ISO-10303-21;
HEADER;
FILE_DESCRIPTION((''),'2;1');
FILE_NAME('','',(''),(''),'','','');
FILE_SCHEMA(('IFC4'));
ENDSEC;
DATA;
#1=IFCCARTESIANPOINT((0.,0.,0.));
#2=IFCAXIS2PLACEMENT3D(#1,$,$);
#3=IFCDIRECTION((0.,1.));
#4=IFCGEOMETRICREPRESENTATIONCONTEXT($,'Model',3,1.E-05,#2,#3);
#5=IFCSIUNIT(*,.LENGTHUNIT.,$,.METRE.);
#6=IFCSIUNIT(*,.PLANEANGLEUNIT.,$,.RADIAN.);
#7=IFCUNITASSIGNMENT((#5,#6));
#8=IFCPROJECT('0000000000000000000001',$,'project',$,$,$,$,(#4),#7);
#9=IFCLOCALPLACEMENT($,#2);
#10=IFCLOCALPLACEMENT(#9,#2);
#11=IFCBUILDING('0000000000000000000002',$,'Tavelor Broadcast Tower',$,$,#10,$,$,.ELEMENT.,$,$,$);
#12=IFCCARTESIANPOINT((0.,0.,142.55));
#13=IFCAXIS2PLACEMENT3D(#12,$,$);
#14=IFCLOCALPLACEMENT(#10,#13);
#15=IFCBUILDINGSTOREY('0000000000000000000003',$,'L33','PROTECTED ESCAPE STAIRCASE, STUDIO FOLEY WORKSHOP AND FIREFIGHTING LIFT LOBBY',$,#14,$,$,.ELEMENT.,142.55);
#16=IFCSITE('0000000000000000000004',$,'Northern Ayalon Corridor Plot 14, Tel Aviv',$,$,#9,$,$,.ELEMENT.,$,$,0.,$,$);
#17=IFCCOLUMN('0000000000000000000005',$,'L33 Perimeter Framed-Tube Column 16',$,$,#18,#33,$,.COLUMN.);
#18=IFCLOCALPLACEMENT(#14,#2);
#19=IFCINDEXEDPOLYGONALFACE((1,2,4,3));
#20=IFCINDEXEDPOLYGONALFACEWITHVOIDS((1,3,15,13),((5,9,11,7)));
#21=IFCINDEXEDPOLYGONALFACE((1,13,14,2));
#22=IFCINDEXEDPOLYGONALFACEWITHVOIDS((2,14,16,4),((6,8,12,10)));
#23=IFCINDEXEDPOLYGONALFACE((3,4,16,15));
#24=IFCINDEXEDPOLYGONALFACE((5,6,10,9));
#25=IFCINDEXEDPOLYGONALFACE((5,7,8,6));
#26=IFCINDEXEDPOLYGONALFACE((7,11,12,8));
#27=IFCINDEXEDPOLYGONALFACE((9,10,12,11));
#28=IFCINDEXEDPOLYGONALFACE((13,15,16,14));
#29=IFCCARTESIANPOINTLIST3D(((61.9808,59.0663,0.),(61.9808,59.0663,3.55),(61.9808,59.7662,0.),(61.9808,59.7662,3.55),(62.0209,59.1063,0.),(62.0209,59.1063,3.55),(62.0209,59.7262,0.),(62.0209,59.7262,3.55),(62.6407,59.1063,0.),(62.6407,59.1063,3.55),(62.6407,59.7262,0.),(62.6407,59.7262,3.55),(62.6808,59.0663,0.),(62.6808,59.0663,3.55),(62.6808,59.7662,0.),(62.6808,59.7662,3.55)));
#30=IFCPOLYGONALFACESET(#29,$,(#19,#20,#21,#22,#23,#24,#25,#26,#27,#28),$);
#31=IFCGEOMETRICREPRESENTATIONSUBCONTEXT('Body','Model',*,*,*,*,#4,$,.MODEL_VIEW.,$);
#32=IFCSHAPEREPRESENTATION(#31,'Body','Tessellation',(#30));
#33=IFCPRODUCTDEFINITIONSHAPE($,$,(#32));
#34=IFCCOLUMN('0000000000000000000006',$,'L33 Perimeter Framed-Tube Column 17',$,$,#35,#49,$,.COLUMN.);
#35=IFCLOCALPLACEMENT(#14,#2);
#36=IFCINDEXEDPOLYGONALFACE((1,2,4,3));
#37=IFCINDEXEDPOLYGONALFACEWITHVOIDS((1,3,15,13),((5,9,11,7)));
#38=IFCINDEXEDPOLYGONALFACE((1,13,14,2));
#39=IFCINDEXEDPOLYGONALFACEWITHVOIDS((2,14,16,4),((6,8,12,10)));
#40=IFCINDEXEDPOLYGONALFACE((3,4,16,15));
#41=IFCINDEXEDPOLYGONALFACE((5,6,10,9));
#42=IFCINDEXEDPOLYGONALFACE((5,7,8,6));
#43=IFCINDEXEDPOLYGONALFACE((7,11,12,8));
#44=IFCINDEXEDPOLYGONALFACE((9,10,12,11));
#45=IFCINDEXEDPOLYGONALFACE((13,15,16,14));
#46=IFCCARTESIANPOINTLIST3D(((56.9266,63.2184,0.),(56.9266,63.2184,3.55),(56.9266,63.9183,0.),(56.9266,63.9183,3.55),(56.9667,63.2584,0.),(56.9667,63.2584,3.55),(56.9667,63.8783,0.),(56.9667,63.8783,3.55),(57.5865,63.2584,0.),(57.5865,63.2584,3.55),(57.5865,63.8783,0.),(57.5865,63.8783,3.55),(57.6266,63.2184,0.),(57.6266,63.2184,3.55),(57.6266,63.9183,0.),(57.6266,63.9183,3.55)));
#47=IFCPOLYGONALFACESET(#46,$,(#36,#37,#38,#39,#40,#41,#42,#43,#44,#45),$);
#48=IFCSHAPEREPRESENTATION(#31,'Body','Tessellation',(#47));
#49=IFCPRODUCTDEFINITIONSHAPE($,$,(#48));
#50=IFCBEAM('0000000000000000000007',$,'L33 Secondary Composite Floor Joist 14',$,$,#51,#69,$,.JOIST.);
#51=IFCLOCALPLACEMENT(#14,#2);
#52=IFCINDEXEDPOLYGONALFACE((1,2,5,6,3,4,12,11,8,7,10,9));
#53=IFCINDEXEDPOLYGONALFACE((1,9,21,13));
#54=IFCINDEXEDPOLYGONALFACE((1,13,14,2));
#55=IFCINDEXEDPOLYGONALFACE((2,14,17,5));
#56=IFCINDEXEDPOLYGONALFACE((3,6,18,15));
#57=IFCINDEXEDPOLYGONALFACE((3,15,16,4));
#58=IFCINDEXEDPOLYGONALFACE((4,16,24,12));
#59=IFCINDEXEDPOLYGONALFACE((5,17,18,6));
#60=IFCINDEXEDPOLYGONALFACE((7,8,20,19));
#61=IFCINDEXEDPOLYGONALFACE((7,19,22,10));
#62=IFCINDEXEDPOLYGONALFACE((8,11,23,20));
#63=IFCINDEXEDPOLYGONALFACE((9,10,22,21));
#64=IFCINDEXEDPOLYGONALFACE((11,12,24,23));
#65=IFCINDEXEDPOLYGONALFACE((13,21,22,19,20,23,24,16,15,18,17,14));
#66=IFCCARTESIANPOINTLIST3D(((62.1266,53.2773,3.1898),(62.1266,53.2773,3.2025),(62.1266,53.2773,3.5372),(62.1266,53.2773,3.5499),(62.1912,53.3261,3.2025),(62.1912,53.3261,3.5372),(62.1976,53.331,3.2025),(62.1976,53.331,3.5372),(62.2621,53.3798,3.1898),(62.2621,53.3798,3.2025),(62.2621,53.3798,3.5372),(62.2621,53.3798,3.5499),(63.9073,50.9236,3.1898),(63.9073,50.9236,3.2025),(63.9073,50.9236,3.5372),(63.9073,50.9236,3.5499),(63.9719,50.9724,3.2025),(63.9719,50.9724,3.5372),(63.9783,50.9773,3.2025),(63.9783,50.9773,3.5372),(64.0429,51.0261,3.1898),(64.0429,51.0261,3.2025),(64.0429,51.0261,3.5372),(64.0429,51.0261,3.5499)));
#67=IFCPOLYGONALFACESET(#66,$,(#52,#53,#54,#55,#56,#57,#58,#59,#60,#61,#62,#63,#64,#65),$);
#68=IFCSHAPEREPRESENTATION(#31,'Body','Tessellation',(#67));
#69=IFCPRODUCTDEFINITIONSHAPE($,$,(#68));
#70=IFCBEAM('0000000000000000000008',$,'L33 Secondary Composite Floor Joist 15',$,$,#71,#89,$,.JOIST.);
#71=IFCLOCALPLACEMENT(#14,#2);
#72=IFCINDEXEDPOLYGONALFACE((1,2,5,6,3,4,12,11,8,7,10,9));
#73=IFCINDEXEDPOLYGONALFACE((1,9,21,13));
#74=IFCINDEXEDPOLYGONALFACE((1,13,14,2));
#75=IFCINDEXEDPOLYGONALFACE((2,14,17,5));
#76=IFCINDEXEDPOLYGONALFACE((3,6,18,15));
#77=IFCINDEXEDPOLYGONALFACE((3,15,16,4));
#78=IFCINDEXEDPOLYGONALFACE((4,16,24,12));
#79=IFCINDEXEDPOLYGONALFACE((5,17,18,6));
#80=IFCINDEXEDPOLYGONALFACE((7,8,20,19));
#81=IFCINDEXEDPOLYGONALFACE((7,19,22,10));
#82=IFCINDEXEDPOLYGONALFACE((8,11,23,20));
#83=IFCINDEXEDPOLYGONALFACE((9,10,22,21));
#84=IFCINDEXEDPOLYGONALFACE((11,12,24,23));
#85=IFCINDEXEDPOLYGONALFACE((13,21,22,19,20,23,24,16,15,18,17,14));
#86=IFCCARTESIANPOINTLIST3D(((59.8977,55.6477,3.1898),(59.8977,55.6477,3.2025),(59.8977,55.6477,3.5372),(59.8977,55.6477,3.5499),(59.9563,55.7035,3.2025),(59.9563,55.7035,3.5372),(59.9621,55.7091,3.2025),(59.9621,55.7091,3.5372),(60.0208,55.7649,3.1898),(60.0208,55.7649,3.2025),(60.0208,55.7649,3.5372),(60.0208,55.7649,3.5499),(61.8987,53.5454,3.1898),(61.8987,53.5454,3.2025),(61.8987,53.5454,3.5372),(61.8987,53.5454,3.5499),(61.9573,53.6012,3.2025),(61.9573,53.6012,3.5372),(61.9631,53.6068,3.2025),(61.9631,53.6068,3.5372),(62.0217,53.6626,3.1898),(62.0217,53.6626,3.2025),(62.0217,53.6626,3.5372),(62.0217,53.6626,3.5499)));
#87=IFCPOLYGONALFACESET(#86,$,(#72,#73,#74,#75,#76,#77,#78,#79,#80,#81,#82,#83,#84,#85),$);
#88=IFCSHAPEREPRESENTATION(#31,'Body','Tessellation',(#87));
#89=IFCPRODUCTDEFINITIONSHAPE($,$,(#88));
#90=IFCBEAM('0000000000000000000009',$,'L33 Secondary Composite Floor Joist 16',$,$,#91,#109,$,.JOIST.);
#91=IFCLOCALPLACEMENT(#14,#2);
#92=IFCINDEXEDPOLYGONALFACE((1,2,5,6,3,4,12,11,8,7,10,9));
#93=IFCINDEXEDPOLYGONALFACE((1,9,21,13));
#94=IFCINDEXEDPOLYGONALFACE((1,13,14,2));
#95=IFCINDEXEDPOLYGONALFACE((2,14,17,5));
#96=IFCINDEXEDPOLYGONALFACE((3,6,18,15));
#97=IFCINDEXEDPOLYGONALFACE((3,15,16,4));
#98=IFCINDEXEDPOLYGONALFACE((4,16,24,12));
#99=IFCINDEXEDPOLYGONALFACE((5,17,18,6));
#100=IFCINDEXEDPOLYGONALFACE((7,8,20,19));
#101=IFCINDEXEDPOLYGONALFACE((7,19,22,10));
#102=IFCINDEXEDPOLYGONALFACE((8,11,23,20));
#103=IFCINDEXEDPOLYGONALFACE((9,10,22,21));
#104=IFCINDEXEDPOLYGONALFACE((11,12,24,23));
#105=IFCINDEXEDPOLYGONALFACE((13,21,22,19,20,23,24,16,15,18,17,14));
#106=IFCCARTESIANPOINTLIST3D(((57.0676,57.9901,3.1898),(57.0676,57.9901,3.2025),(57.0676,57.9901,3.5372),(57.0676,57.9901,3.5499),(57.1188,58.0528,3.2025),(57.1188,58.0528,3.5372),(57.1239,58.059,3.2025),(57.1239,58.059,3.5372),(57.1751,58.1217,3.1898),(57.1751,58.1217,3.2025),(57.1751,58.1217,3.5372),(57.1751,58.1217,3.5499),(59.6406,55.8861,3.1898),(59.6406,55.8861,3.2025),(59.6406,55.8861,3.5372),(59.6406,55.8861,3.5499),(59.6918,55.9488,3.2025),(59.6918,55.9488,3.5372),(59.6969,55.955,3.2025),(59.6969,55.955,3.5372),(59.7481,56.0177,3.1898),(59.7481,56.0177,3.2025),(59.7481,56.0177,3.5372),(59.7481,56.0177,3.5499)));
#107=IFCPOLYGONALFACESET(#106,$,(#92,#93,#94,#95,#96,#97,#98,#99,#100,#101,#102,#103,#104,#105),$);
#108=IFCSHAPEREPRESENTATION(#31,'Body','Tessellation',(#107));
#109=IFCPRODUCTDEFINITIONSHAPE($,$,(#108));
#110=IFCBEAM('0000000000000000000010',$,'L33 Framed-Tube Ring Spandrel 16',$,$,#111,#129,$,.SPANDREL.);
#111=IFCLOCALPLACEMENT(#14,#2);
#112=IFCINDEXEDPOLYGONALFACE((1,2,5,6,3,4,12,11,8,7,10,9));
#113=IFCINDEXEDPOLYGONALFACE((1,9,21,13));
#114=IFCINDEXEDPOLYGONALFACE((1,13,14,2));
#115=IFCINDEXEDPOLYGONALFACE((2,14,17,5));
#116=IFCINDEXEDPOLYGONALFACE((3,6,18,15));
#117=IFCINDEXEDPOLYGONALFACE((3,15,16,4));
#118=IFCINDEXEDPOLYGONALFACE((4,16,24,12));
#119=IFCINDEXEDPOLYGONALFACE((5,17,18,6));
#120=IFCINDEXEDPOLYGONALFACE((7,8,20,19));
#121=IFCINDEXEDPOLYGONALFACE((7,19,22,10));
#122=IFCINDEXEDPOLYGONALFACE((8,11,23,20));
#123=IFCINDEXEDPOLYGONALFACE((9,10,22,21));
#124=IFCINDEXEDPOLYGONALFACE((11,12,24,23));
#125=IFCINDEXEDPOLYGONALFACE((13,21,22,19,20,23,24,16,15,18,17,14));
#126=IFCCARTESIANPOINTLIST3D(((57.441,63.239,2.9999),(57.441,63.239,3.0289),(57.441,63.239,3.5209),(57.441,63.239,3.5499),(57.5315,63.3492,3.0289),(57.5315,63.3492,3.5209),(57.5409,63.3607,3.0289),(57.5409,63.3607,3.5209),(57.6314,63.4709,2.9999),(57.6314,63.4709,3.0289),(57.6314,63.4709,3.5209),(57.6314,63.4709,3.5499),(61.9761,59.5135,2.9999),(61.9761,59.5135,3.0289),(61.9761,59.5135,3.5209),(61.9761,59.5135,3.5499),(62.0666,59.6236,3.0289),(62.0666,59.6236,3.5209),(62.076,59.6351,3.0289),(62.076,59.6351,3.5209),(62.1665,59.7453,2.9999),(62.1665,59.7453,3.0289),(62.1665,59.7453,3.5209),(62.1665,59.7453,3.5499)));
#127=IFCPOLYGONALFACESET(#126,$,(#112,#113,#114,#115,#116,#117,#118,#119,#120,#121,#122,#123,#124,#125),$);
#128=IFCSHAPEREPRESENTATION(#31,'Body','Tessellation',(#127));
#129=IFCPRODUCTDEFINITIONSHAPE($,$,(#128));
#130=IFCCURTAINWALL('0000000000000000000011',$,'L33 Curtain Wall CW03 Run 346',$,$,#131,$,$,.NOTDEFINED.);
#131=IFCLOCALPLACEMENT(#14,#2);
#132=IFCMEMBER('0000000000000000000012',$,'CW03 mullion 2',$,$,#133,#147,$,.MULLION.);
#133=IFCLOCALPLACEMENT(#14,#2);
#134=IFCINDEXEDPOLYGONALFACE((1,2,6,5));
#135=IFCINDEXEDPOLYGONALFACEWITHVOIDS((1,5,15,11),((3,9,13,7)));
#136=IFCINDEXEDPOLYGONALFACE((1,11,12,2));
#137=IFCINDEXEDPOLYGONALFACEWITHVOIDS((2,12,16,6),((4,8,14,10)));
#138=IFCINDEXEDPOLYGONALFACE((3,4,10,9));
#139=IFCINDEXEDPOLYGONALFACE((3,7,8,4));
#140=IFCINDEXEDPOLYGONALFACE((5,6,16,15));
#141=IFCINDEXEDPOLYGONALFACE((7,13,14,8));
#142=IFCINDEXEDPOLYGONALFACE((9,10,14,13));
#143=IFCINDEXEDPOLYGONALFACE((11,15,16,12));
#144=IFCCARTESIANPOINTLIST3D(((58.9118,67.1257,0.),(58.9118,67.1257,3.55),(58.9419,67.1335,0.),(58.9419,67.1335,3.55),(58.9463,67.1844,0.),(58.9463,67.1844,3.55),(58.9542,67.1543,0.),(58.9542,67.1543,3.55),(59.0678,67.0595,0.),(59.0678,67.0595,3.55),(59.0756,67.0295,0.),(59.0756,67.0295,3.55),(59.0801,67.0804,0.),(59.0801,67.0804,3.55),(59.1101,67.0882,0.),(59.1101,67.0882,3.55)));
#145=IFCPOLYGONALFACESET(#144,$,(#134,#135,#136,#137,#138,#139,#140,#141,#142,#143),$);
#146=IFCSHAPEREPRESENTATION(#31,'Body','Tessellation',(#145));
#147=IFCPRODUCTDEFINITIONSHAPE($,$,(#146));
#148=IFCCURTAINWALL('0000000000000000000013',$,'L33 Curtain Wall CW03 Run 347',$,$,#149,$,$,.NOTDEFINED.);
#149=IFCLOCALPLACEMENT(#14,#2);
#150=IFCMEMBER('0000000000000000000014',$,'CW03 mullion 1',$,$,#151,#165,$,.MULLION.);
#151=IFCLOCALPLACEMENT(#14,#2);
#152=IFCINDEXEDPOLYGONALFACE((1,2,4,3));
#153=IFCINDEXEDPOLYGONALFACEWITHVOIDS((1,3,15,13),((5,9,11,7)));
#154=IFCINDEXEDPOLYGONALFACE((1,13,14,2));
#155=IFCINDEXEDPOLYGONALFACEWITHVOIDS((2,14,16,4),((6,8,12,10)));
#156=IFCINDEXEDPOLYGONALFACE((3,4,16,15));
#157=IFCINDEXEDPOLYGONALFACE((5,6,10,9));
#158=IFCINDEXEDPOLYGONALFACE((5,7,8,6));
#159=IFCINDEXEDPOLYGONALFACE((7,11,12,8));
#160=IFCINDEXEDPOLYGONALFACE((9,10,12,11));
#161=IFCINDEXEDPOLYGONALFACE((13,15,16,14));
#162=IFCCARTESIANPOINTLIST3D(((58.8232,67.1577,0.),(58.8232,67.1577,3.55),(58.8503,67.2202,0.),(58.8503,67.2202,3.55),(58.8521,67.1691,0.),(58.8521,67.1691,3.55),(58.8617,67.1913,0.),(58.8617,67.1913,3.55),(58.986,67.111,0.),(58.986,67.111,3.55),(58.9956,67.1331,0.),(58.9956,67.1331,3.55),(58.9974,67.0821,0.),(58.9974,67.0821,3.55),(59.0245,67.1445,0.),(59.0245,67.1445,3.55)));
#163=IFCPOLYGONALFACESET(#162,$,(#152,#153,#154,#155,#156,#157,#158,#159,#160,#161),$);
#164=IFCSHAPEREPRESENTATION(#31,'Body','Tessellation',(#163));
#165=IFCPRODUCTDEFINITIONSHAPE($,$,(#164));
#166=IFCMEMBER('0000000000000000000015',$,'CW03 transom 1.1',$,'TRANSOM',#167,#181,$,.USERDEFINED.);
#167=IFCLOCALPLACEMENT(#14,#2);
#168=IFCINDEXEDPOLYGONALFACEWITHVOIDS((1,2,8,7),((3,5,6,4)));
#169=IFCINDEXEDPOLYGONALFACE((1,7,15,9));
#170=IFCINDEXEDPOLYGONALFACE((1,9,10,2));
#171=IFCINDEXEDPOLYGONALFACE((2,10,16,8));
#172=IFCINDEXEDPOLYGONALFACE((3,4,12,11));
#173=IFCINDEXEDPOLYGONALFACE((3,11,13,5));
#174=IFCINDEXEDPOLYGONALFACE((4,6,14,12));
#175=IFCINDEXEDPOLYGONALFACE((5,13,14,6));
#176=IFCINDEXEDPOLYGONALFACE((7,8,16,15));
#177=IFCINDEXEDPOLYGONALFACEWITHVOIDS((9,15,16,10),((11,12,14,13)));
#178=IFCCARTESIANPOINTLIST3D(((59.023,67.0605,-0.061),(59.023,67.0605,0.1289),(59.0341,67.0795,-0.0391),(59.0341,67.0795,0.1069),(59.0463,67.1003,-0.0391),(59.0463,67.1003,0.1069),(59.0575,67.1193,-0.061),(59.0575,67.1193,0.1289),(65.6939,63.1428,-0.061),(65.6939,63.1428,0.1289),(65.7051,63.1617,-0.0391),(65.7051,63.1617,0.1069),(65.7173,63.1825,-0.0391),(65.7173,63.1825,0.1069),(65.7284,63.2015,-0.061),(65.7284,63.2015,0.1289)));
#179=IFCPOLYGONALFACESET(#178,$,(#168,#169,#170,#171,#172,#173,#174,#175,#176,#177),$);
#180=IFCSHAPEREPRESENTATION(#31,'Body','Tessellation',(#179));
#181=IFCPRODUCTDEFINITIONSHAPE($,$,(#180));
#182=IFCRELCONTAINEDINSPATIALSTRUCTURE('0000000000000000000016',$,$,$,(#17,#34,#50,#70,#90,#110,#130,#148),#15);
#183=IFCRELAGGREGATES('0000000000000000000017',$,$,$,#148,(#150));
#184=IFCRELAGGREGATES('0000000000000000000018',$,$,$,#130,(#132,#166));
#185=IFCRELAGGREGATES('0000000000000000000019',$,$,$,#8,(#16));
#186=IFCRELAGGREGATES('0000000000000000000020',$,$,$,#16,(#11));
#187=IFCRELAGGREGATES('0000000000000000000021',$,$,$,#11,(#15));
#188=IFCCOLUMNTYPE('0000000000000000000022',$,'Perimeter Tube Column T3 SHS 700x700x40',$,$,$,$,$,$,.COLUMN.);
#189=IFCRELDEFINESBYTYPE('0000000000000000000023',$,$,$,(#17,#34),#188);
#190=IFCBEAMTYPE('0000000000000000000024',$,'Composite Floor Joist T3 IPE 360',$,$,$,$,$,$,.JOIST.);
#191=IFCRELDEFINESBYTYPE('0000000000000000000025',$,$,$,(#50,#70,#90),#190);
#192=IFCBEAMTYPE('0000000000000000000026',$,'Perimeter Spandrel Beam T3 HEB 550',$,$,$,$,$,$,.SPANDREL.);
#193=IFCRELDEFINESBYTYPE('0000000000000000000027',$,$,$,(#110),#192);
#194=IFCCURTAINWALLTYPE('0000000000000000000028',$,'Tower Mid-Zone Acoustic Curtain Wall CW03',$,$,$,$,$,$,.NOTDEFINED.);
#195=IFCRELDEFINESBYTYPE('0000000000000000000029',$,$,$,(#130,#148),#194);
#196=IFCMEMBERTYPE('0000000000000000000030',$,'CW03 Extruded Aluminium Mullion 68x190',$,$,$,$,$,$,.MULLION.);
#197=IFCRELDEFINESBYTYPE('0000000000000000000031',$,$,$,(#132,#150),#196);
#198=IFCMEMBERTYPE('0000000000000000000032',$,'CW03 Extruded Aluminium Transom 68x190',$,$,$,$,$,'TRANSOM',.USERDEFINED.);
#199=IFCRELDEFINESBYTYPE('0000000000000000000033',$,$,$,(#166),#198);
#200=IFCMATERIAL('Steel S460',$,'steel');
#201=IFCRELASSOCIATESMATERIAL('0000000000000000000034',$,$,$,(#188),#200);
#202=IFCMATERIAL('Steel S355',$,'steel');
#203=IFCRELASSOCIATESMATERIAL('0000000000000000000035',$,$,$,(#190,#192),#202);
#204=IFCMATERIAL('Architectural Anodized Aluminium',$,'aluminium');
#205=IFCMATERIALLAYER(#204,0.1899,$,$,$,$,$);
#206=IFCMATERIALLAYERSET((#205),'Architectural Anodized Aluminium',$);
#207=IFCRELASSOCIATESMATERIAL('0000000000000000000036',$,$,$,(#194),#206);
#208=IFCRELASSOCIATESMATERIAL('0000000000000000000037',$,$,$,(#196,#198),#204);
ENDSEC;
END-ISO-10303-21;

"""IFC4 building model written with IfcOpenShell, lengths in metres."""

from ifc_helpers import new_model, si_unit, direction, frame, origin, origin_2d, place, context, subcontext, project, spatial, hollow_rectangle, i_section, extrude, source, transform, mapped, material, layer, layer_set, material_profile, profile_set, type_object, type_shapes, element, aggregate, save


model = new_model("IFC4")

# Units and contexts
model_context = context("Model", 3, precision=1e-05, world=origin(), true_north=direction((0.0, 1.0)))
body_context = subcontext(model_context, "Body", "Model", "MODEL_VIEW")
ifc_project = project(units=[si_unit("LENGTHUNIT", "METRE"), si_unit("PLANEANGLEUNIT", "RADIAN")], contexts=[model_context])

# Site, building, storey
site_placement = place(None, origin())
site = spatial("IfcSite", under=ifc_project, at=site_placement, Name="Northern Ayalon Corridor Plot 14, Tel Aviv", CompositionType="ELEMENT", RefElevation=0.0)
building_placement = place(site_placement, origin())
building = spatial("IfcBuilding", under=site, at=building_placement, Name="Tavelor Broadcast Tower", CompositionType="ELEMENT")
storey_placement = place(building_placement, frame((0.0, 0.0, 142.55)))
storey = spatial("IfcBuildingStorey", under=building, at=storey_placement, Name="L33", Description="PROTECTED ESCAPE STAIRCASE, STUDIO FOLEY WORKSHOP AND FIREFIGHTING LIFT LOBBY", CompositionType="ELEMENT", Elevation=142.55)

# Columns
ifc_material_1 = material(Name="Steel S460", Category="steel")
ifc_material_profile_1 = material_profile(ifc_material_1, hollow_rectangle(XDim=0.7, YDim=0.7, WallThickness=0.04, at=origin_2d()), Name="SHS 700x700x40")
ifc_profile_set_1 = profile_set([ifc_material_profile_1], Name="Steel S460")
column_type = type_object("IfcColumnType", Name="Perimeter Tube Column T3 SHS 700x700x40", PredefinedType="COLUMN", material=ifc_profile_set_1)
for number, where, z_axis, x_axis, name in (
    (1, (62.3308, 59.4163, 0.0), (0.0, 0.0, 1.0), (1.0, 0.0, 0.0), "L33 Perimeter Framed-Tube Column 16"),
    (2, (57.2766, 63.5684, 0.0), (0.0, 0.0, 1.0), (1.0, 0.0, 0.0), "L33 Perimeter Framed-Tube Column 17"),
):
    element("IfcColumn", number, at=place(storey_placement, frame(where, z_axis=z_axis, x_axis=x_axis)), inside=storey, type_object=column_type, Name=name, PredefinedType="COLUMN", context=body_context, shape_type="SweptSolid", body=[
        extrude(hollow_rectangle(XDim=0.7, YDim=0.7, WallThickness=0.04, at=origin_2d()), origin(), (0.0, 0.0, 1.0), 3.55),
    ])

# Beams
ifc_material_2 = material(Name="Steel S355", Category="steel")
ifc_material_profile_2 = material_profile(ifc_material_2, i_section(OverallWidth=0.1699, OverallDepth=0.3601, WebThickness=0.0081, FlangeThickness=0.0127, at=origin_2d()), Name="IPE 360")
ifc_profile_set_2 = profile_set([ifc_material_profile_2], Name="Steel S355")
beam_type_1 = type_object("IfcBeamType", Name="Composite Floor Joist T3 IPE 360", PredefinedType="JOIST", material=ifc_profile_set_2)
beam_1_placement = place(storey_placement, frame((63.9751, 50.9749, 3.3699), z_axis=(-0.603343, 0.797482, 0.0), x_axis=(-0.797482, -0.603343, 0.0)))
element("IfcBeam", 3, at=beam_1_placement, inside=storey, type_object=beam_type_1, Name="L33 Secondary Composite Floor Joist 14", PredefinedType="JOIST", context=body_context, shape_type="SweptSolid", body=[
    extrude(i_section(OverallWidth=0.1699, OverallDepth=0.3601, WebThickness=0.0081, FlangeThickness=0.0127, at=origin_2d()), origin(), (0.0, 0.0, 1.0), 2.9514),
])
beam_2_placement = place(storey_placement, frame((61.9602, 53.604, 3.3699), z_axis=(-0.689437, 0.724346, 0.0), x_axis=(-0.724346, -0.689437, 0.0)))
element("IfcBeam", 4, at=beam_2_placement, inside=storey, type_object=beam_type_1, Name="L33 Secondary Composite Floor Joist 15", PredefinedType="JOIST", context=body_context, shape_type="SweptSolid", body=[
    extrude(i_section(OverallWidth=0.1699, OverallDepth=0.3601, WebThickness=0.0081, FlangeThickness=0.0127, at=origin_2d()), origin(), (0.0, 0.0, 1.0), 2.9023),
])
beam_3_placement = place(storey_placement, frame((59.6943, 55.9519, 3.3699), z_axis=(-0.774131, 0.633026, 0.0), x_axis=(-0.633026, -0.774131, 0.0)))
element("IfcBeam", 5, at=beam_3_placement, inside=storey, type_object=beam_type_1, Name="L33 Secondary Composite Floor Joist 16", PredefinedType="JOIST", context=body_context, shape_type="SweptSolid", body=[
    extrude(i_section(OverallWidth=0.1699, OverallDepth=0.3601, WebThickness=0.0081, FlangeThickness=0.0127, at=origin_2d()), origin(), (0.0, 0.0, 1.0), 3.3237),
])
ifc_material_profile_3 = material_profile(ifc_material_2, i_section(OverallWidth=0.3, OverallDepth=0.55, WebThickness=0.0149, FlangeThickness=0.0291, at=origin_2d()), Name="HEB 550")
ifc_profile_set_3 = profile_set([ifc_material_profile_3], Name="Steel S355")
beam_type_2 = type_object("IfcBeamType", Name="Perimeter Spandrel Beam T3 HEB 550", PredefinedType="SPANDREL", material=ifc_profile_set_3)
beam_4_placement = place(storey_placement, frame((62.0713, 59.6294, 3.2749), z_axis=(-0.772703, 0.634768, 0.0), x_axis=(-0.634768, -0.772703, 0.0)))
element("IfcBeam", 6, at=beam_4_placement, inside=storey, type_object=beam_type_2, Name="L33 Framed-Tube Ring Spandrel 16", PredefinedType="SPANDREL", context=body_context, shape_type="SweptSolid", body=[
    extrude(i_section(OverallWidth=0.3, OverallDepth=0.55, WebThickness=0.0149, FlangeThickness=0.0291, at=origin_2d()), origin(), (0.0, 0.0, 1.0), 5.8691),
])

# Curtain walls, members
ifc_material_3 = material(Name="Architectural Anodized Aluminium", Category="aluminium")
ifc_layer_1 = layer(ifc_material_3, 0.1899)
ifc_layer_set_1 = layer_set([ifc_layer_1], Name="Architectural Anodized Aluminium")
curtain_wall_type = type_object("IfcCurtainWallType", Name="Tower Mid-Zone Acoustic Curtain Wall CW03", PredefinedType="NOTDEFINED", material=ifc_layer_set_1)
curtain_wall_1_placement = place(storey_placement, origin())
curtain_wall_1 = element("IfcCurtainWall", 7, at=curtain_wall_1_placement, inside=storey, type_object=curtain_wall_type, Name="L33 Curtain Wall CW03 Run 346", PredefinedType="NOTDEFINED")
ifc_material_profile_4 = material_profile(ifc_material_3, hollow_rectangle(XDim=0.0681, YDim=0.1899, WallThickness=0.022, at=origin_2d()), Name="RHS 68x190x22")
ifc_profile_set_4 = profile_set([ifc_material_profile_4], Name="Architectural Anodized Aluminium")
member_type_1 = type_object("IfcMemberType", Name="CW03 Extruded Aluminium Mullion 68x190", PredefinedType="MULLION", material=ifc_profile_set_4)
shared_shape_1 = source(origin(), body_context, "Body", "SweptSolid", [
    extrude(hollow_rectangle(XDim=0.0681, YDim=0.1899, WallThickness=0.022, at=origin_2d()), origin(), (0.0, 0.0, 1.0), 3.55),
])
type_shapes(member_type_1, [shared_shape_1])
member_1_placement = place(storey_placement, frame((59.011, 67.1069, 0.0), z_axis=(0.0, 0.0, 1.0), x_axis=(-0.506401, -0.862298, 0.0)))
member_1 = element("IfcMember", 8, at=member_1_placement, type_object=member_type_1, Name="CW03 mullion 2", PredefinedType="MULLION", context=body_context, shape_type="MappedRepresentation", body=[
    mapped(shared_shape_1, transform((0.0, 0.0, 0.0), scale=1.0)),
])
curtain_wall_2_placement = place(storey_placement, origin())
curtain_wall_2 = element("IfcCurtainWall", 9, at=curtain_wall_2_placement, inside=storey, type_object=curtain_wall_type, Name="L33 Curtain Wall CW03 Run 347", PredefinedType="NOTDEFINED")
member_2_placement = place(storey_placement, frame((58.9238, 67.1511, 0.0), z_axis=(0.0, 0.0, 1.0), x_axis=(-0.398344, -0.917236, 0.0)))
member_2 = element("IfcMember", 10, at=member_2_placement, type_object=member_type_1, Name="CW03 mullion 1", PredefinedType="MULLION", context=body_context, shape_type="MappedRepresentation", body=[
    mapped(shared_shape_1, transform((0.0, 0.0, 0.0), scale=1.0)),
])

# Member
ifc_material_profile_5 = material_profile(ifc_material_3, hollow_rectangle(XDim=0.0681, YDim=0.1899, WallThickness=0.022, at=origin_2d()), Name="RHS 68x190x22")
ifc_profile_set_5 = profile_set([ifc_material_profile_5], Name="Architectural Anodized Aluminium")
member_type_2 = type_object("IfcMemberType", Name="CW03 Extruded Aluminium Transom 68x190", ElementType="TRANSOM", PredefinedType="USERDEFINED", material=ifc_profile_set_5)
shared_shape_2 = source(origin(), body_context, "Body", "SweptSolid", [
    extrude(hollow_rectangle(XDim=0.0681, YDim=0.1899, WallThickness=0.022, at=origin_2d()), origin(), (0.0, 0.0, 1.0), 7.7363),
])
type_shapes(member_type_2, [shared_shape_2])
member_3_placement = place(storey_placement, frame((65.7112, 63.1721, 0.0339), z_axis=(-0.862292, 0.506412, 0.0), x_axis=(-0.506412, -0.862292, 0.0)))
member_3 = element("IfcMember", 11, at=member_3_placement, type_object=member_type_2, Name="CW03 transom 1.1", ObjectType="TRANSOM", PredefinedType="USERDEFINED", context=body_context, shape_type="MappedRepresentation", body=[
    mapped(shared_shape_2, transform((0.0, 0.0, 0.0), scale=1.0)),
])
aggregate(curtain_wall_2, [member_2])

aggregate(curtain_wall_1, [member_1, member_3])

save(model, "model.ifc")
